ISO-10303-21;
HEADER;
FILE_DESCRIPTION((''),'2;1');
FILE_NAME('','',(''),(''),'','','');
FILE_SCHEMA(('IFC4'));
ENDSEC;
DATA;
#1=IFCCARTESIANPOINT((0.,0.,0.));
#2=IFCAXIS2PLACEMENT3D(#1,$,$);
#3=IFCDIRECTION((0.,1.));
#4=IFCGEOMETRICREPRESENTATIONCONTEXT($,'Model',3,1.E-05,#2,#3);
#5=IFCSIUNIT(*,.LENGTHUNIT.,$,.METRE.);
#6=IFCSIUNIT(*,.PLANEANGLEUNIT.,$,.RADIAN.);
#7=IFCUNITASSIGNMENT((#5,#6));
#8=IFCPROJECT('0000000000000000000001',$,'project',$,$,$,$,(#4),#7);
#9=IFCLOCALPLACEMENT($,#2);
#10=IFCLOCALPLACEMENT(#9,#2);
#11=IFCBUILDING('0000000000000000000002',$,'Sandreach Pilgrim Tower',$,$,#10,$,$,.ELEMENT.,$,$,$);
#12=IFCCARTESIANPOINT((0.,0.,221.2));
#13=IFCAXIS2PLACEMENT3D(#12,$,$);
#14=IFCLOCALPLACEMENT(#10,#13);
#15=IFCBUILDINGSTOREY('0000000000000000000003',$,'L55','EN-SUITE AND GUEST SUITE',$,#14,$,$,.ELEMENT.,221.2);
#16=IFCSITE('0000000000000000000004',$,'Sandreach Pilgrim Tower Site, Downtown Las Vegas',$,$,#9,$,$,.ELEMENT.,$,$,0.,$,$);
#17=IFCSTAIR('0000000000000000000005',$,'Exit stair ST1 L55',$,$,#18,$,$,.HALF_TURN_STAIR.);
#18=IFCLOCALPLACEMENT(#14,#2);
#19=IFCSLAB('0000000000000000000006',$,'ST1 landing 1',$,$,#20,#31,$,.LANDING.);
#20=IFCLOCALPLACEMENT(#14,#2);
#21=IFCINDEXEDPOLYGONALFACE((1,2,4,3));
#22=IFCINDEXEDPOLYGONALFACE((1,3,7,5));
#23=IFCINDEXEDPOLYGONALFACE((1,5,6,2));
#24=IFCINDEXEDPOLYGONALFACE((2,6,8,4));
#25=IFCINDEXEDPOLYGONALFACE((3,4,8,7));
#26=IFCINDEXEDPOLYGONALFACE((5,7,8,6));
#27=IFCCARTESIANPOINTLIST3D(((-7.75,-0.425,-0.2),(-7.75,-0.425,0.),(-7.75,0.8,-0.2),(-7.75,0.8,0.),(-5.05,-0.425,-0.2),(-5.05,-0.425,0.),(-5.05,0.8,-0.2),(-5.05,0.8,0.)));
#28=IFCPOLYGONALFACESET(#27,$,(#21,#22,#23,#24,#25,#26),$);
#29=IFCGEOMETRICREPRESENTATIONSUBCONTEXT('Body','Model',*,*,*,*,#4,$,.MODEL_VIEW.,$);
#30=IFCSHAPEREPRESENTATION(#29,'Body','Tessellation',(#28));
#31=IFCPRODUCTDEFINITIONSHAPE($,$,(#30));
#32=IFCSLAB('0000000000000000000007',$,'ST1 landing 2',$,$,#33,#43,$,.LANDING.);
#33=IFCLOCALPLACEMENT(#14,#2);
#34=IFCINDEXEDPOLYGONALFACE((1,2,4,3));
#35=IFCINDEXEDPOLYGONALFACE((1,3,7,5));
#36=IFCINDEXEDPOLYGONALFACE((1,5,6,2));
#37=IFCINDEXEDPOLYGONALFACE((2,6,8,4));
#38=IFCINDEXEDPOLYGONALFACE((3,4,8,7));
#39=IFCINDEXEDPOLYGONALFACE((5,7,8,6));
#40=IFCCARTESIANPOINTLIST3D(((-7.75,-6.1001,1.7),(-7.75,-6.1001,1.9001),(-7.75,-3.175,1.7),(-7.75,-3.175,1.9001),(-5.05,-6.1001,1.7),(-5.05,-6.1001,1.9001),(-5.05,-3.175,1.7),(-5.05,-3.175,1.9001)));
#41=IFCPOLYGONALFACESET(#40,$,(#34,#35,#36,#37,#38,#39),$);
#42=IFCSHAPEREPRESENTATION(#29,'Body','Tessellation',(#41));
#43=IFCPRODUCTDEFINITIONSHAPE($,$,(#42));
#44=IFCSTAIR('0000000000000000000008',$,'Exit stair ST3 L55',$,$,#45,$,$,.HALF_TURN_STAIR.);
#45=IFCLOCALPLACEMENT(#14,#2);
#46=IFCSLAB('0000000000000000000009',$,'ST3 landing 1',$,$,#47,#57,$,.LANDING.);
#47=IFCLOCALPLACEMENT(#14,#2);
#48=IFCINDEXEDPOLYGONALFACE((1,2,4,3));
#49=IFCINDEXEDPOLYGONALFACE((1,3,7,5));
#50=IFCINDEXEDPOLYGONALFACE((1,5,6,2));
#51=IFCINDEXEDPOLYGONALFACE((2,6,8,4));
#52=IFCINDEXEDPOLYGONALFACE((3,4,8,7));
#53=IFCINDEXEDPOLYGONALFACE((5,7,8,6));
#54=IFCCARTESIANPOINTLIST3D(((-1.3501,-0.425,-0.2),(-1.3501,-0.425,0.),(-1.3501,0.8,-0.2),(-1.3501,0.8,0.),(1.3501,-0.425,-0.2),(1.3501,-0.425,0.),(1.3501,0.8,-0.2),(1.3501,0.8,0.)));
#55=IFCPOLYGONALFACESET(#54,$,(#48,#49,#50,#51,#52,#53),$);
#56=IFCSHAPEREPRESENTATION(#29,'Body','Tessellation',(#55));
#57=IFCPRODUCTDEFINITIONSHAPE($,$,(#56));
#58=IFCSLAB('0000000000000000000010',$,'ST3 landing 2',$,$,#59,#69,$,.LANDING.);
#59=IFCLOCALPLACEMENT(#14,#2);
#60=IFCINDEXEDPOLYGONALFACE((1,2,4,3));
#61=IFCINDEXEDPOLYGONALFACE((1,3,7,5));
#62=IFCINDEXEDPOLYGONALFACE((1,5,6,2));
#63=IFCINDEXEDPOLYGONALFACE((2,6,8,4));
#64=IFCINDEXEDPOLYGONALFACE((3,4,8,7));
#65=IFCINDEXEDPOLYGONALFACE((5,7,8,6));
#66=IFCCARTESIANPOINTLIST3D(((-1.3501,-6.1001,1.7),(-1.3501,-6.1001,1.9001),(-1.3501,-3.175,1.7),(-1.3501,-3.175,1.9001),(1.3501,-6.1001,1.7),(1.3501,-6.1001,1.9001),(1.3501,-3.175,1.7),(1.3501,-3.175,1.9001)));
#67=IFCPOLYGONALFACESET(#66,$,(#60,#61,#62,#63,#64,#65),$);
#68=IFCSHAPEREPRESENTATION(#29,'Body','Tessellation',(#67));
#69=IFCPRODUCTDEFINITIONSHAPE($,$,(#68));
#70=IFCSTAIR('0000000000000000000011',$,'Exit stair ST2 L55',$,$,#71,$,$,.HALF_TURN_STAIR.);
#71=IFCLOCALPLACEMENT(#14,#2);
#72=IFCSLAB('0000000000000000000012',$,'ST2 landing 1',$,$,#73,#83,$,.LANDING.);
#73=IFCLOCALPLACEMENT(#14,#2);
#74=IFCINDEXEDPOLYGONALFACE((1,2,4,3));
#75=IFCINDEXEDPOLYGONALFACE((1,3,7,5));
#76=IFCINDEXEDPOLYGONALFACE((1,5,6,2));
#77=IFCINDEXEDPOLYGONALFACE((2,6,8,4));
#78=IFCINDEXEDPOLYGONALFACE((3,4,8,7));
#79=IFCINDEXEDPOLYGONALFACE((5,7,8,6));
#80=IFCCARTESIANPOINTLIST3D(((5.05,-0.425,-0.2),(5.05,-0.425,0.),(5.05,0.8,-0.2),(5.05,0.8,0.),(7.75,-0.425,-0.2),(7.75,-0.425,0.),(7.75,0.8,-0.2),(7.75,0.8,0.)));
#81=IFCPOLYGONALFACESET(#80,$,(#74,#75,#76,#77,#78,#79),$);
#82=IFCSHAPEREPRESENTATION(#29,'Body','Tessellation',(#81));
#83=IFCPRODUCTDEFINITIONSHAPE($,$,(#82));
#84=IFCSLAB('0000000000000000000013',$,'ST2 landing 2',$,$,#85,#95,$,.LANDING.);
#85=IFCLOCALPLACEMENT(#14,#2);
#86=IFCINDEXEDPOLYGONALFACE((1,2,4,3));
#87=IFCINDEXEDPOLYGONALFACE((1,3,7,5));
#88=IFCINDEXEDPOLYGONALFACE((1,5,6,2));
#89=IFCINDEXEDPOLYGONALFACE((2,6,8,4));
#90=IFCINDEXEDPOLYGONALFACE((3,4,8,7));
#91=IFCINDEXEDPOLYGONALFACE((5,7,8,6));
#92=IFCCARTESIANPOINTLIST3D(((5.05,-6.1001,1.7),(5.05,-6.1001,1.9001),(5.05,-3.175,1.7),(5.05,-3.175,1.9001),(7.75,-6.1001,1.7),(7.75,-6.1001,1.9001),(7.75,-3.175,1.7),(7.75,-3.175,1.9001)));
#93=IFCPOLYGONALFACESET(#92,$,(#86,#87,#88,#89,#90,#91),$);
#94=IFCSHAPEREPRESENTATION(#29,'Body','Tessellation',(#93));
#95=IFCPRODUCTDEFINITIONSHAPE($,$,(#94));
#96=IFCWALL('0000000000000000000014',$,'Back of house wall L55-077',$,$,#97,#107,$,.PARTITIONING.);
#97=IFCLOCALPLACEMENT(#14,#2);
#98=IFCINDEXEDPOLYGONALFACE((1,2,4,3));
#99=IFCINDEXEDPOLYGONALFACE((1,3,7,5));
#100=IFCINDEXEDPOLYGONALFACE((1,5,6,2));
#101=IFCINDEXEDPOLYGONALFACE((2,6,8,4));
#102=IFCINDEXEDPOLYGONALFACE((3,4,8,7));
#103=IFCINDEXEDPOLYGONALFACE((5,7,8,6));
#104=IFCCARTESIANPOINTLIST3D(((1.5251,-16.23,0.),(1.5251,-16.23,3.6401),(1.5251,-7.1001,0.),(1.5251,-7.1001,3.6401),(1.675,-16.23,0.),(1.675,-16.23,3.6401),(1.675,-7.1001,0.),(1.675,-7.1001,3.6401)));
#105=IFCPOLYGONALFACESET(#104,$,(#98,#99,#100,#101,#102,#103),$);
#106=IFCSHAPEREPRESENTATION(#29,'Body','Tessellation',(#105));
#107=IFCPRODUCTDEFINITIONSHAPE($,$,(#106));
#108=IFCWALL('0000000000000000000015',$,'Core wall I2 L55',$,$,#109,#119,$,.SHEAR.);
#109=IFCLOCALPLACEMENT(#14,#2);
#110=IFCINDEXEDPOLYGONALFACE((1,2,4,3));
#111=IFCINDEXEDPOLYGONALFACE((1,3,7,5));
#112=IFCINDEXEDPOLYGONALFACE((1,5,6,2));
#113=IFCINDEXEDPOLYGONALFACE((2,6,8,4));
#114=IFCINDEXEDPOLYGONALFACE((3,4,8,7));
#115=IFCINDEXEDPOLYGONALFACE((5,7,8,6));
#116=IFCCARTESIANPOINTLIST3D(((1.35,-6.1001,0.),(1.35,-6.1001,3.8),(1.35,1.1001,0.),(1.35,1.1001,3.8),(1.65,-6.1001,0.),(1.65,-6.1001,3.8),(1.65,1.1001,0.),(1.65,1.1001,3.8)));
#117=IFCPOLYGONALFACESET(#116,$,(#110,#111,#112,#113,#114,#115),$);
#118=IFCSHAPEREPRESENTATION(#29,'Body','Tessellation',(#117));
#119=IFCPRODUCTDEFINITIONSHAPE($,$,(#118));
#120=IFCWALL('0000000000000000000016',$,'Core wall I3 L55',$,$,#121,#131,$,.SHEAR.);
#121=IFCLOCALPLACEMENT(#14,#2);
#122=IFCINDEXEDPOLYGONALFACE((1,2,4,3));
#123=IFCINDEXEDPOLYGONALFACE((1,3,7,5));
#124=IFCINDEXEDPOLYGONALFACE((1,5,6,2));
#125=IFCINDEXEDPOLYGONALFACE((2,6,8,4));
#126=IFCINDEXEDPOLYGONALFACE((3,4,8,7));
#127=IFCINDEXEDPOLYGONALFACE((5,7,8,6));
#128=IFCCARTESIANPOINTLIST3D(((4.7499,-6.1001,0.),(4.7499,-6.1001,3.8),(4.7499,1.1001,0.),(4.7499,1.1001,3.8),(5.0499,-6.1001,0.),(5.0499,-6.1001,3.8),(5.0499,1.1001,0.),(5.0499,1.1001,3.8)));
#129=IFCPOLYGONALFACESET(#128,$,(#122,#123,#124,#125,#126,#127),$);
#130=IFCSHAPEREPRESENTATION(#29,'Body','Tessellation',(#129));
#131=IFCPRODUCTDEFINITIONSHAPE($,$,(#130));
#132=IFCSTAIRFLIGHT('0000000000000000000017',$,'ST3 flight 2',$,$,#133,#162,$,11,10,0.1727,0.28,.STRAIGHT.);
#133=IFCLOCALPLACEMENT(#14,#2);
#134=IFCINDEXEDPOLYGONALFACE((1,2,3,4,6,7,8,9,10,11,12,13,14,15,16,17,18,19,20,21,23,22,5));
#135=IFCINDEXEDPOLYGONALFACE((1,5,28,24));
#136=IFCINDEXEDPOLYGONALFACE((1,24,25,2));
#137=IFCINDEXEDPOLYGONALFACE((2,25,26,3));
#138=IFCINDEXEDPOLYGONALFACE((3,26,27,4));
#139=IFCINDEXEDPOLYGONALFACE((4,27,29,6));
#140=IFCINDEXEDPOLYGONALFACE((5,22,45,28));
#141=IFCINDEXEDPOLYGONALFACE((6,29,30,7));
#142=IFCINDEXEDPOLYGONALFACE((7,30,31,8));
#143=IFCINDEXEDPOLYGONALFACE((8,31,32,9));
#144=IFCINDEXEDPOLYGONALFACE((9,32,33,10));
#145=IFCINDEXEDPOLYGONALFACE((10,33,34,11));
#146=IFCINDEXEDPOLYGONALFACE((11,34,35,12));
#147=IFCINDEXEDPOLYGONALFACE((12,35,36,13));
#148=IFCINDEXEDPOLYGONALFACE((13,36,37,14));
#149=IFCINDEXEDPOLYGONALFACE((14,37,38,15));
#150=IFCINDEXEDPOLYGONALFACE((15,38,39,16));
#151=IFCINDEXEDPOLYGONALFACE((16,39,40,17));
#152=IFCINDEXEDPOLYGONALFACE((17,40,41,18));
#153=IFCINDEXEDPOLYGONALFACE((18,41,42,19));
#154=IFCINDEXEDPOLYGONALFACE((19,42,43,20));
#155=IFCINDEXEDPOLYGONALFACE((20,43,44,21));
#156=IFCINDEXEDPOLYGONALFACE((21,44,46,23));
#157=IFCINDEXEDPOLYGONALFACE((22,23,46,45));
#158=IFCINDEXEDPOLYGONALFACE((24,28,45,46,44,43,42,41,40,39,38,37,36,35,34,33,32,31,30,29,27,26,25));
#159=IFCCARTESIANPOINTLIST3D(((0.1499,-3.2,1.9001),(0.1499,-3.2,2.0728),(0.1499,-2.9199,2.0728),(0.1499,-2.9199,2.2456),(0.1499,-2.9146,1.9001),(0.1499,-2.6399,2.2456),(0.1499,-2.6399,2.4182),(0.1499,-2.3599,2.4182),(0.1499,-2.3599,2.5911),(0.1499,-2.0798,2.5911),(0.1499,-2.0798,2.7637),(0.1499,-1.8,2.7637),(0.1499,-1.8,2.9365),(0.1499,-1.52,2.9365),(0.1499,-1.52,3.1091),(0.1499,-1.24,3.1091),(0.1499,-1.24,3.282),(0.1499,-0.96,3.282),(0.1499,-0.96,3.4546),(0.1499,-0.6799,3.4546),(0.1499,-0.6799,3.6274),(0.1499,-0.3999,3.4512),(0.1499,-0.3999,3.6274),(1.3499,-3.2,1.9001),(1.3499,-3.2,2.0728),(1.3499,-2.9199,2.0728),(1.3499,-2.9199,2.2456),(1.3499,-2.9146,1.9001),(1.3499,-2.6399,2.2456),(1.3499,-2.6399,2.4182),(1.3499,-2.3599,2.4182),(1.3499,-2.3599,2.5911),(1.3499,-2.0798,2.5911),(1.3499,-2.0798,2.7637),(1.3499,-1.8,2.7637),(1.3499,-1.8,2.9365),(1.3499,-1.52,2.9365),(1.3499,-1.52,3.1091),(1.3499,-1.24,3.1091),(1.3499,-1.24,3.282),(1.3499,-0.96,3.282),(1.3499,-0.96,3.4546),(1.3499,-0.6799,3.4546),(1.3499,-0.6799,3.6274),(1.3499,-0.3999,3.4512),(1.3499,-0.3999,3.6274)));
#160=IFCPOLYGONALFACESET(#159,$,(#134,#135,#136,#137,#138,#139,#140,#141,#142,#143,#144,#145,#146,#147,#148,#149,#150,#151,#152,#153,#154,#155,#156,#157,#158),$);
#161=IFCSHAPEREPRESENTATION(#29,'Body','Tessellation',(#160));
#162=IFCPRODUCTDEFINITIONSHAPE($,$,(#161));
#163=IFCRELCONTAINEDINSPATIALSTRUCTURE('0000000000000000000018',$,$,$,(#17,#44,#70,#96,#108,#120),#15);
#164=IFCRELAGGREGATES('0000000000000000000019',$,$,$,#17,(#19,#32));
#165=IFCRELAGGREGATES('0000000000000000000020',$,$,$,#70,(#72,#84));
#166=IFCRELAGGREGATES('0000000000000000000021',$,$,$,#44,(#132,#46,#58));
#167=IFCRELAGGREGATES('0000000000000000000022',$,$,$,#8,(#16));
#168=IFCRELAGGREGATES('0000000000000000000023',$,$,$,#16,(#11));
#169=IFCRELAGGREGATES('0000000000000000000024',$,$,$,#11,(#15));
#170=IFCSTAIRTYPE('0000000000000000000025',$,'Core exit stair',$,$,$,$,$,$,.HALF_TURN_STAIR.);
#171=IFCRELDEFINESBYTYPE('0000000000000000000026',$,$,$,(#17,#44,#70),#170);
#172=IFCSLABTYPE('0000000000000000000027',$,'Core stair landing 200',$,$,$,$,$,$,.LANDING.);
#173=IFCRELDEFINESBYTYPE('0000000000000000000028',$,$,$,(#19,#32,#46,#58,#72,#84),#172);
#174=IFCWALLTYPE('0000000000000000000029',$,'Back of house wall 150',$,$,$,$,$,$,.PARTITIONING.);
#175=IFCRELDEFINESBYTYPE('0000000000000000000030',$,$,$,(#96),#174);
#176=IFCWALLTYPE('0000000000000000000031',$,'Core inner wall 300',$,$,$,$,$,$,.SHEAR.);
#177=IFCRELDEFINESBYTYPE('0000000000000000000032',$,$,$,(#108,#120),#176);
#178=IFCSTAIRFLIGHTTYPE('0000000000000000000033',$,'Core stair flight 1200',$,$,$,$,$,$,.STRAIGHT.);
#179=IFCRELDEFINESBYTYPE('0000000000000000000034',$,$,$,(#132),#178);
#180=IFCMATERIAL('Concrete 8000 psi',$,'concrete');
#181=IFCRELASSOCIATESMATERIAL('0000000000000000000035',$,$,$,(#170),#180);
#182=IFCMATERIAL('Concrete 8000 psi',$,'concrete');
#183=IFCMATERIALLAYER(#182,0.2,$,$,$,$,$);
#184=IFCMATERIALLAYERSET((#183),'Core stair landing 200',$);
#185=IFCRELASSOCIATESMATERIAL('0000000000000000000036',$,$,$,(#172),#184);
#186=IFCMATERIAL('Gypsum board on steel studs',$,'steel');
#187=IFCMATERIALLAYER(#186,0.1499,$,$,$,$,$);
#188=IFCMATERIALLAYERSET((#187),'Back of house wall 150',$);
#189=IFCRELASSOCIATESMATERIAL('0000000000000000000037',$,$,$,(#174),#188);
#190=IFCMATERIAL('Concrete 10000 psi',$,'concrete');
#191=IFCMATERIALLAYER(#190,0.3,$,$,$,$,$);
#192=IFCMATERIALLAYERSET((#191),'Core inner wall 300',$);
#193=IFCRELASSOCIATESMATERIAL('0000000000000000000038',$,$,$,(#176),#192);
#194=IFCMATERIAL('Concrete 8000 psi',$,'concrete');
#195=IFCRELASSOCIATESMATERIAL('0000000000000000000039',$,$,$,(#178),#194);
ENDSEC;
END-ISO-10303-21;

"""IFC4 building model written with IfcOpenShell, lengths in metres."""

from ifc_helpers import new_model, si_unit, direction, frame, frame_2d, origin, place, context, subcontext, project, spatial, polyline, rectangle, outline, extrude, material, layer, layer_set, type_object, element, aggregate, save


model = new_model("IFC4")

# Units and contexts
model_context = context("Model", 3, precision=1e-05, world=origin(), true_north=direction((0.0, 1.0)))
body_context = subcontext(model_context, "Body", "Model", "MODEL_VIEW")
ifc_project = project(units=[si_unit("LENGTHUNIT", "METRE"), si_unit("PLANEANGLEUNIT", "RADIAN")], contexts=[model_context])

# Site, building, storey
site_placement = place(None, origin())
site = spatial("IfcSite", under=ifc_project, at=site_placement, Name="Sandreach Pilgrim Tower Site, Downtown Las Vegas", CompositionType="ELEMENT", RefElevation=0.0)
building_placement = place(site_placement, origin())
building = spatial("IfcBuilding", under=site, at=building_placement, Name="Sandreach Pilgrim Tower", CompositionType="ELEMENT")
storey_placement = place(building_placement, frame((0.0, 0.0, 221.2)))
storey = spatial("IfcBuildingStorey", under=building, at=storey_placement, Name="L55", Description="EN-SUITE AND GUEST SUITE", CompositionType="ELEMENT", Elevation=221.2)

# Stairs, slabs
ifc_material_1 = material(Name="Concrete 8000 psi", Category="concrete")
stair_type = type_object("IfcStairType", Name="Core exit stair", PredefinedType="HALF_TURN_STAIR", material=ifc_material_1)
stair_1_placement = place(storey_placement, origin())
stair_1 = element("IfcStair", 1, at=stair_1_placement, inside=storey, type_object=stair_type, Name="Exit stair ST1 L55", PredefinedType="HALF_TURN_STAIR")
ifc_material_2 = material(Name="Concrete 8000 psi", Category="concrete")
ifc_layer_1 = layer(ifc_material_2, 0.2)
ifc_layer_set_1 = layer_set([ifc_layer_1], Name="Core stair landing 200")
slab_type = type_object("IfcSlabType", Name="Core stair landing 200", PredefinedType="LANDING", material=ifc_layer_set_1)
slab_1_placement = place(storey_placement, frame((0.0, 0.0, -0.2)))
slab_1 = element("IfcSlab", 2, at=slab_1_placement, type_object=slab_type, Name="ST1 landing 1", PredefinedType="LANDING", context=body_context, shape_type="SweptSolid", body=[
    extrude(outline(polyline([(-7.75, -0.425), (-5.05, -0.425), (-5.05, 0.8), (-7.75, 0.8), (-7.75, -0.425)])), origin(), (0.0, 0.0, 1.0), 0.2),
])
slab_2_placement = place(storey_placement, frame((0.0, 0.0, 1.7)))
slab_2 = element("IfcSlab", 3, at=slab_2_placement, type_object=slab_type, Name="ST1 landing 2", PredefinedType="LANDING", context=body_context, shape_type="SweptSolid", body=[
    extrude(outline(polyline([(-7.75, -6.1001), (-5.05, -6.1001), (-5.05, -3.175), (-7.75, -3.175), (-7.75, -6.1001)])), origin(), (0.0, 0.0, 1.0), 0.2002),
])
aggregate(stair_1, [slab_1, slab_2])
stair_2_placement = place(storey_placement, origin())
stair_2 = element("IfcStair", 4, at=stair_2_placement, inside=storey, type_object=stair_type, Name="Exit stair ST3 L55", PredefinedType="HALF_TURN_STAIR")
slab_3_placement = place(storey_placement, frame((0.0, 0.0, -0.2)))
slab_3 = element("IfcSlab", 5, at=slab_3_placement, type_object=slab_type, Name="ST3 landing 1", PredefinedType="LANDING", context=body_context, shape_type="SweptSolid", body=[
    extrude(outline(polyline([(-1.3501, -0.425), (1.3501, -0.425), (1.3501, 0.8), (-1.3501, 0.8), (-1.3501, -0.425)])), origin(), (0.0, 0.0, 1.0), 0.2),
])
slab_4_placement = place(storey_placement, frame((0.0, 0.0, 1.7)))
slab_4 = element("IfcSlab", 6, at=slab_4_placement, type_object=slab_type, Name="ST3 landing 2", PredefinedType="LANDING", context=body_context, shape_type="SweptSolid", body=[
    extrude(outline(polyline([(-1.3501, -6.1001), (1.3501, -6.1001), (1.3501, -3.175), (-1.3501, -3.175), (-1.3501, -6.1001)])), origin(), (0.0, 0.0, 1.0), 0.2002),
])
stair_3_placement = place(storey_placement, origin())
stair_3 = element("IfcStair", 7, at=stair_3_placement, inside=storey, type_object=stair_type, Name="Exit stair ST2 L55", PredefinedType="HALF_TURN_STAIR")
slab_5_placement = place(storey_placement, frame((0.0, 0.0, -0.2)))
slab_5 = element("IfcSlab", 8, at=slab_5_placement, type_object=slab_type, Name="ST2 landing 1", PredefinedType="LANDING", context=body_context, shape_type="SweptSolid", body=[
    extrude(outline(polyline([(5.05, -0.425), (7.75, -0.425), (7.75, 0.8), (5.05, 0.8), (5.05, -0.425)])), origin(), (0.0, 0.0, 1.0), 0.2),
])
slab_6_placement = place(storey_placement, frame((0.0, 0.0, 1.7)))
slab_6 = element("IfcSlab", 9, at=slab_6_placement, type_object=slab_type, Name="ST2 landing 2", PredefinedType="LANDING", context=body_context, shape_type="SweptSolid", body=[
    extrude(outline(polyline([(5.05, -6.1001), (7.75, -6.1001), (7.75, -3.175), (5.05, -3.175), (5.05, -6.1001)])), origin(), (0.0, 0.0, 1.0), 0.2002),
])
aggregate(stair_3, [slab_5, slab_6])

# Walls
ifc_material_3 = material(Name="Gypsum board on steel studs", Category="steel")
ifc_layer_2 = layer(ifc_material_3, 0.1499)
ifc_layer_set_2 = layer_set([ifc_layer_2], Name="Back of house wall 150")
wall_type_1 = type_object("IfcWallType", Name="Back of house wall 150", PredefinedType="PARTITIONING", material=ifc_layer_set_2)
wall_1_placement = place(storey_placement, frame((1.6001, -7.1001, 0.0), z_axis=(0.0, 0.0, 1.0), x_axis=(0.0, -1.0, 0.0)))
element("IfcWall", 10, at=wall_1_placement, inside=storey, type_object=wall_type_1, Name="Back of house wall L55-077", PredefinedType="PARTITIONING", context=body_context, shape_type="SweptSolid", body=[
    extrude(rectangle(XDim=9.1299, YDim=0.1499, at=frame_2d((4.5649, 0.0))), origin(), (0.0, 0.0, 1.0), 3.6401),
])
ifc_material_4 = material(Name="Concrete 10000 psi", Category="concrete")
ifc_layer_3 = layer(ifc_material_4, 0.3)
ifc_layer_set_3 = layer_set([ifc_layer_3], Name="Core inner wall 300")
wall_type_2 = type_object("IfcWallType", Name="Core inner wall 300", PredefinedType="SHEAR", material=ifc_layer_set_3)
for number, where, z_axis, x_axis, name in (
    (11, (1.5, -6.1001, 0.0), (0.0, 0.0, 1.0), (0.0, 1.0, 0.0), "Core wall I2 L55"),
    (12, (4.8999, -6.1001, 0.0), (0.0, 0.0, 1.0), (0.0, 1.0, 0.0), "Core wall I3 L55"),
):
    element("IfcWall", number, at=place(storey_placement, frame(where, z_axis=z_axis, x_axis=x_axis)), inside=storey, type_object=wall_type_2, Name=name, PredefinedType="SHEAR", context=body_context, shape_type="SweptSolid", body=[
        extrude(rectangle(XDim=7.2002, YDim=0.3, at=frame_2d((3.6001, 0.0))), origin(), (0.0, 0.0, 1.0), 3.8),
    ])

# Stair flight
ifc_material_5 = material(Name="Concrete 8000 psi", Category="concrete")
stair_flight_type = type_object("IfcStairFlightType", Name="Core stair flight 1200", PredefinedType="STRAIGHT", material=ifc_material_5)
stair_flight_placement = place(storey_placement, frame((0.75, -3.2, 1.9001), z_axis=(0.0, 0.0, 1.0), x_axis=(0.0, 1.0, 0.0)))
stair_flight = element("IfcStairFlight", 13, at=stair_flight_placement, type_object=stair_flight_type, Name="ST3 flight 2", NumberOfRisers=11, NumberOfTreads=10, PredefinedType="STRAIGHT", RiserHeight=0.1727, TreadLength=0.28, context=body_context, shape_type="SweptSolid", body=[
    extrude(outline(polyline([(0.0, 0.0), (0.0, 0.1726), (0.28, 0.1726), (0.28, 0.3455), (0.5601, 0.3455), (0.5601, 0.5181), (0.8401, 0.5181), (0.8401, 0.6909), (1.1201, 0.6909), (1.1201, 0.8635), (1.3999, 0.8635), (1.3999, 1.0364), (1.6799, 1.0364), (1.6799, 1.209), (1.96, 1.209), (1.96, 1.3818), (2.24, 1.3818), (2.24, 1.5544), (2.52, 1.5544), (2.52, 1.7273), (2.8, 1.7273), (2.8, 1.8999), (2.8, 1.551), (0.2854, 0.0), (0.0, 0.0)])), frame((0.0, 0.6001, 0.0), z_axis=(0.0, -1.0, 0.0), x_axis=(1.0, 0.0, 0.0)), (0.0, 0.0, 1.0), 1.2),
])
aggregate(stair_2, [stair_flight, slab_3, slab_4])

save(model, "model.ifc")
